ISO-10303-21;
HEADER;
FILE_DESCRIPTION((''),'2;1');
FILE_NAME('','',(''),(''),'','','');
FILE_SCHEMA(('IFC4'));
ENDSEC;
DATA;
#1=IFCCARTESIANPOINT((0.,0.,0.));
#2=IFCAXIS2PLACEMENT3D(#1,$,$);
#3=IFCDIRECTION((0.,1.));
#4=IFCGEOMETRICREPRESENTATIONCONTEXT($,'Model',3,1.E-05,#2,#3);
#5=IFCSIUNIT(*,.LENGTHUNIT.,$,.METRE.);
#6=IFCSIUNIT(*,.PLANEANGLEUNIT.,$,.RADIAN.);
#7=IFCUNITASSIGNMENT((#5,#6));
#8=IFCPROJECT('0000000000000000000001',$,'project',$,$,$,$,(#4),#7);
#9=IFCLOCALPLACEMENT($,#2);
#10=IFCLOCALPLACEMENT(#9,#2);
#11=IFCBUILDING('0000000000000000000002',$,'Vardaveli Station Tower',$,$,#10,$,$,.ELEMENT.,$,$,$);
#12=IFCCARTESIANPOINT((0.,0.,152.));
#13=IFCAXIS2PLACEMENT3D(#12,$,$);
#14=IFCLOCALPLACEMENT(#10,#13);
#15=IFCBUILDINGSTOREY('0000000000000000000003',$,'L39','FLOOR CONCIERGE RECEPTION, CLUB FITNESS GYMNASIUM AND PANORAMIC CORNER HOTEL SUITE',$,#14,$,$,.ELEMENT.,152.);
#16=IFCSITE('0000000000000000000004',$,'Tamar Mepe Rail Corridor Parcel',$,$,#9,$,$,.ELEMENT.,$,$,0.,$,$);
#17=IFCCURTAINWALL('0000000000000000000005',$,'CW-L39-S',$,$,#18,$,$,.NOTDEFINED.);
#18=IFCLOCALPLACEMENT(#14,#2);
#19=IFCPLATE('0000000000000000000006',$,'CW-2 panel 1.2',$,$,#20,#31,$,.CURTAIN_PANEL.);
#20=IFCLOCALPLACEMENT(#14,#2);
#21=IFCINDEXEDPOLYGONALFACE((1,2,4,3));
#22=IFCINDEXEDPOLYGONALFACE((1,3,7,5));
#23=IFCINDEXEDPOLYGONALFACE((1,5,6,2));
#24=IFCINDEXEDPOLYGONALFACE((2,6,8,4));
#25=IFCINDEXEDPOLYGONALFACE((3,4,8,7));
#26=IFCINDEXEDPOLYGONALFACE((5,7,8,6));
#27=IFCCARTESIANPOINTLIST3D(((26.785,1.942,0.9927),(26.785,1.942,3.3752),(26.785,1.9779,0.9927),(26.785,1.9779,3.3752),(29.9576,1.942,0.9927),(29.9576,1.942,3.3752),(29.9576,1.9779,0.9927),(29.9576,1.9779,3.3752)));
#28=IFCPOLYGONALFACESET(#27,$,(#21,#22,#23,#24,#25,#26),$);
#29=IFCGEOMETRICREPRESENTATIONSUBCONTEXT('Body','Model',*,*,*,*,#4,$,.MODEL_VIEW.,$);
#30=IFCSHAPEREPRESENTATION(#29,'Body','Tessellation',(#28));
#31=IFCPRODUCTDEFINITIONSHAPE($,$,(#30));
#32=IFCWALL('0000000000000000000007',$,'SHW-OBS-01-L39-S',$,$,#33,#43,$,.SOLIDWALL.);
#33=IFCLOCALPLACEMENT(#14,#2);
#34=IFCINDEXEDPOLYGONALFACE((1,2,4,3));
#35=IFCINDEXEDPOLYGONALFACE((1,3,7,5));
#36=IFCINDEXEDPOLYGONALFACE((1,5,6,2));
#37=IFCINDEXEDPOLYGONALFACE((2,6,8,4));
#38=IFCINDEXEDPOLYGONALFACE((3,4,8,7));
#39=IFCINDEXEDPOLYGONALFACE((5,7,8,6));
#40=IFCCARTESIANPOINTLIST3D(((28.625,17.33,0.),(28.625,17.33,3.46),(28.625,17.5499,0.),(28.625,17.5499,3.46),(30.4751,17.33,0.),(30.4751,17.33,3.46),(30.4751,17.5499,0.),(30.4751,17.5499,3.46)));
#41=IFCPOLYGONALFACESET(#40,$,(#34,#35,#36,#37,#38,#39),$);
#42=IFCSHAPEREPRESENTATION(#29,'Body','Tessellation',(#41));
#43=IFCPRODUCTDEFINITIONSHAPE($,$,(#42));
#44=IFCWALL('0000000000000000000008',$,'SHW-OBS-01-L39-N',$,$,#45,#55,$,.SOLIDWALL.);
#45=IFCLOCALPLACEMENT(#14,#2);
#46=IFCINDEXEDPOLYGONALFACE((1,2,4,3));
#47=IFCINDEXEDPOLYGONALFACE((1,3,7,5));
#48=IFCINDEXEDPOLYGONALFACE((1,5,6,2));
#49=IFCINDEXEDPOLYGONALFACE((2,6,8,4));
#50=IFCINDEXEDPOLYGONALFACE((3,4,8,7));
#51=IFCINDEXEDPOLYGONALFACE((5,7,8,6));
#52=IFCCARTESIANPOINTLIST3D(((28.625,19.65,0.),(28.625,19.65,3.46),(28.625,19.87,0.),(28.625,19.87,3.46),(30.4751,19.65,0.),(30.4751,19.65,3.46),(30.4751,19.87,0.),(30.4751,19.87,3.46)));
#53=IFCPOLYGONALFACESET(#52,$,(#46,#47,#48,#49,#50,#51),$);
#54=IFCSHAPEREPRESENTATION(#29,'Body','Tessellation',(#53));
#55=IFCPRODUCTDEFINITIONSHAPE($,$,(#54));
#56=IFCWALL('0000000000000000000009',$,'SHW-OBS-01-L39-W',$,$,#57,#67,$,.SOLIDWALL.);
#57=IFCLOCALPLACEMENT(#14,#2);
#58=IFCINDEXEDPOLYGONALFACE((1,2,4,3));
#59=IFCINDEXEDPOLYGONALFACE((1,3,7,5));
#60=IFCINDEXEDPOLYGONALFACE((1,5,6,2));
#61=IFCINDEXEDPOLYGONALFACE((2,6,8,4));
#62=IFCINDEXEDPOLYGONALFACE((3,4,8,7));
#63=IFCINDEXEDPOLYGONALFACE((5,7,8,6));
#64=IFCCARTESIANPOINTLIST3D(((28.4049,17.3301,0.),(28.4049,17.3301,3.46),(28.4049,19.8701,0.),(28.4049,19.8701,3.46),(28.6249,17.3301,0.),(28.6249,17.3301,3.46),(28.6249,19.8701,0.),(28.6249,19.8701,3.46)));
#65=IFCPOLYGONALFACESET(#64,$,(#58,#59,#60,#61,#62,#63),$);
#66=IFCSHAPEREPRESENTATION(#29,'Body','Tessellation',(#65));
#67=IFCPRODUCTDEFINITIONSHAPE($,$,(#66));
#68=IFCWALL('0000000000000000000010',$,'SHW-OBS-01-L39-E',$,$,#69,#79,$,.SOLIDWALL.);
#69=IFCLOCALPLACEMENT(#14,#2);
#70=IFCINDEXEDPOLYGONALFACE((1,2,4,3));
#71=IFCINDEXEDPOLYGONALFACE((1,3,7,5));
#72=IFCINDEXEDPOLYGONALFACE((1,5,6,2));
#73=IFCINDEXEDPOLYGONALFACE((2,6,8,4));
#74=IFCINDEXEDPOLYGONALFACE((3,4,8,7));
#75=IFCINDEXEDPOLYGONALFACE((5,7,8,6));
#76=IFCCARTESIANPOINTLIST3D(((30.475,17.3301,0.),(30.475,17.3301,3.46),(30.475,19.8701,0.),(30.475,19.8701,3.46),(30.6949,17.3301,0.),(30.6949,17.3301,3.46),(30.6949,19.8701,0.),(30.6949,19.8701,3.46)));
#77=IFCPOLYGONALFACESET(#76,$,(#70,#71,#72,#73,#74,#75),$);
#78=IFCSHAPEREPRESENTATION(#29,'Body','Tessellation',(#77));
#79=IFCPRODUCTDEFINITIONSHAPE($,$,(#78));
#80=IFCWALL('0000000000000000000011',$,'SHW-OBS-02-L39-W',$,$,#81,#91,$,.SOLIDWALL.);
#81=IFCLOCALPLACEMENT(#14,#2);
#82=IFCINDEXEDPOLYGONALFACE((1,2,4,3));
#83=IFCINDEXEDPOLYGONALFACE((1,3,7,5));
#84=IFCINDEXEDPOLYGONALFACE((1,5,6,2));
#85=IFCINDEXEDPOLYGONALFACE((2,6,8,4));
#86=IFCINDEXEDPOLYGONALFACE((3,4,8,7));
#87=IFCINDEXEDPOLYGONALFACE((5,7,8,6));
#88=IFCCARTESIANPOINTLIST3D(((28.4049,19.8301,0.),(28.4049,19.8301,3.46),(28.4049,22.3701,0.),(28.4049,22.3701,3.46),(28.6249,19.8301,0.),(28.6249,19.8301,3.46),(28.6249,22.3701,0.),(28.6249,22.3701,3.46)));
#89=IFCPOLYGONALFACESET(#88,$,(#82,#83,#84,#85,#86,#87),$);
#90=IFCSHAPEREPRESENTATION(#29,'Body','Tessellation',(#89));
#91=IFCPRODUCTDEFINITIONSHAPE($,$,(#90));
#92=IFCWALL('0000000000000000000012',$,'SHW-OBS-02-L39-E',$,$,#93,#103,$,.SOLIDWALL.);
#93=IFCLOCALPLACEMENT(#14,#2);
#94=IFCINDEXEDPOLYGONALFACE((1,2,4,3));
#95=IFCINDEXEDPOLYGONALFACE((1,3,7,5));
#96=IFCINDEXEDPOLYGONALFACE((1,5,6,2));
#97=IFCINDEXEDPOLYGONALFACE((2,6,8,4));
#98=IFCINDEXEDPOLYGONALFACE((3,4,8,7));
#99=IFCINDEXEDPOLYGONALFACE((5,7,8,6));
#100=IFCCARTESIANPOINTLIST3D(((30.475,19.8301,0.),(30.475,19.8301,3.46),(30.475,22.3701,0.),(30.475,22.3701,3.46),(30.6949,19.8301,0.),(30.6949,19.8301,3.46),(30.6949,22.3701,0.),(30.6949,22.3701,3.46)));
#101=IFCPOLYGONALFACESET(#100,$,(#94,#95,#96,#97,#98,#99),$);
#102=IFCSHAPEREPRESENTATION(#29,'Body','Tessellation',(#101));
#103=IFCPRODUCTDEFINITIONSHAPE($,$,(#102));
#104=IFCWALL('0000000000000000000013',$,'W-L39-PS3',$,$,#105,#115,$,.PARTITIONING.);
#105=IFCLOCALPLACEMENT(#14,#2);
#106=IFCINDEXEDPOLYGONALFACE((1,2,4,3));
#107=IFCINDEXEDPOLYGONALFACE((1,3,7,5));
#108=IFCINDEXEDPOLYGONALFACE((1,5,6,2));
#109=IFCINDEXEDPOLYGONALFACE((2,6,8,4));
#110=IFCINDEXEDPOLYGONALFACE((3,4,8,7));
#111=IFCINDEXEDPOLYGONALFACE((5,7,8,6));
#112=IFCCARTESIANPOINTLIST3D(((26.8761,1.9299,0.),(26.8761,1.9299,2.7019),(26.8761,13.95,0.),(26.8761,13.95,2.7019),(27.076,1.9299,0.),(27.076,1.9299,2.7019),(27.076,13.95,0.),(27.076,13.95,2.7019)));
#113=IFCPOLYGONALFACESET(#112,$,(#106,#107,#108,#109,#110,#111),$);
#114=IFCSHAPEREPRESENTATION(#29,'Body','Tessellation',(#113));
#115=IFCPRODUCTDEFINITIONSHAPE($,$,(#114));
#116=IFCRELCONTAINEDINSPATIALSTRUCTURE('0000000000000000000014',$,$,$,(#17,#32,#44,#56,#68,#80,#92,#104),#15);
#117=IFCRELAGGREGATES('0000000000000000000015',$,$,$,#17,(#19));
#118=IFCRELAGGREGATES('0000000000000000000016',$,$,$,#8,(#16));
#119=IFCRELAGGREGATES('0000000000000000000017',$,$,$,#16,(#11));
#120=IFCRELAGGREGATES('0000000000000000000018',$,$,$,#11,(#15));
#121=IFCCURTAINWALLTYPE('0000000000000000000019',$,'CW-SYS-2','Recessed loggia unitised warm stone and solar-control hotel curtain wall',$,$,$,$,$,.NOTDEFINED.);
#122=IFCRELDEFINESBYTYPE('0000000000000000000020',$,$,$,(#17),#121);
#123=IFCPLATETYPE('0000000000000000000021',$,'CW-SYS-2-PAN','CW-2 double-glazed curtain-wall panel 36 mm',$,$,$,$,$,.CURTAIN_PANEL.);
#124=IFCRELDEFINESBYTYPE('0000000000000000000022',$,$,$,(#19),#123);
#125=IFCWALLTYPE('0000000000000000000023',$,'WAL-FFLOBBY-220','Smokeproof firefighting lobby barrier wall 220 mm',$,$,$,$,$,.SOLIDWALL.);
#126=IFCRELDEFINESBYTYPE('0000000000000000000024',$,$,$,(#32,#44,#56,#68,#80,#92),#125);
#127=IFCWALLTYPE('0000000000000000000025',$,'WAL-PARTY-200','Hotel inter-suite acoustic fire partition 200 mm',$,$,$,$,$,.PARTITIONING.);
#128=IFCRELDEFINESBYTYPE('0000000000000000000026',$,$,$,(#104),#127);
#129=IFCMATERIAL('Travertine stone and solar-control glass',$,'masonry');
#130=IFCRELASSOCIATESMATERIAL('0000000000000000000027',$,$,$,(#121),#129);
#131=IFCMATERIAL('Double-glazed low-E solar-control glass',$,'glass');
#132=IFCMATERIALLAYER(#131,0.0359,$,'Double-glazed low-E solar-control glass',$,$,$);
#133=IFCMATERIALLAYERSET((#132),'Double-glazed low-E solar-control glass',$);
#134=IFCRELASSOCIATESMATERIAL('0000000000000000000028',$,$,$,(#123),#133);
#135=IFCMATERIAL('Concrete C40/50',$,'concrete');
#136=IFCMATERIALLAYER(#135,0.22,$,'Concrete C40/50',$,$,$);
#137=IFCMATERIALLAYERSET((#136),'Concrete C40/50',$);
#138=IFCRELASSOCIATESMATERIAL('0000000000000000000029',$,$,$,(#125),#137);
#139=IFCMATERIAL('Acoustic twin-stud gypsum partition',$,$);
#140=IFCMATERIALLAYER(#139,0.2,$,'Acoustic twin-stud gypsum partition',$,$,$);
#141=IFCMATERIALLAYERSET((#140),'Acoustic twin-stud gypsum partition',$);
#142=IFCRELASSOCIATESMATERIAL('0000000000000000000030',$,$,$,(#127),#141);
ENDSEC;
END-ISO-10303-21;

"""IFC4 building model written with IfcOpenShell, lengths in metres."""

from ifc_helpers import new_model, si_unit, direction, frame, frame_2d, origin, origin_2d, place, context, subcontext, project, spatial, rectangle, extrude, source, transform, mapped, material, layer, layer_set, type_object, element, aggregate, save


model = new_model("IFC4")

# Units and contexts
model_context = context("Model", 3, precision=1e-05, world=origin(), true_north=direction((0.0, 1.0)))
body_context = subcontext(model_context, "Body", "Model", "MODEL_VIEW")
ifc_project = project(units=[si_unit("LENGTHUNIT", "METRE"), si_unit("PLANEANGLEUNIT", "RADIAN")], contexts=[model_context])

# Site, building, storey
site_placement = place(None, origin())
site = spatial("IfcSite", under=ifc_project, at=site_placement, Name="Tamar Mepe Rail Corridor Parcel", CompositionType="ELEMENT", RefElevation=0.0)
building_placement = place(site_placement, origin())
building = spatial("IfcBuilding", under=site, at=building_placement, Name="Vardaveli Station Tower", CompositionType="ELEMENT")
storey_placement = place(building_placement, frame((0.0, 0.0, 152.0)))
storey = spatial("IfcBuildingStorey", under=building, at=storey_placement, Name="L39", Description="FLOOR CONCIERGE RECEPTION, CLUB FITNESS GYMNASIUM AND PANORAMIC CORNER HOTEL SUITE", CompositionType="ELEMENT", Elevation=152.0)

# Curtain wall, plate
ifc_material_1 = material(Name="Travertine stone and solar-control glass", Category="masonry")
curtain_wall_type = type_object("IfcCurtainWallType", Name="CW-SYS-2", Description="Recessed loggia unitised warm stone and solar-control hotel curtain wall", PredefinedType="NOTDEFINED", material=ifc_material_1)
curtain_wall_placement = place(storey_placement, origin())
curtain_wall = element("IfcCurtainWall", 1, at=curtain_wall_placement, inside=storey, type_object=curtain_wall_type, Name="CW-L39-S", PredefinedType="NOTDEFINED")
ifc_material_2 = material(Name="Double-glazed low-E solar-control glass", Category="glass")
ifc_layer_1 = layer(ifc_material_2, 0.0359, Name="Double-glazed low-E solar-control glass")
ifc_layer_set_1 = layer_set([ifc_layer_1], Name="Double-glazed low-E solar-control glass")
plate_type = type_object("IfcPlateType", Name="CW-SYS-2-PAN", Description="CW-2 double-glazed curtain-wall panel 36 mm", PredefinedType="CURTAIN_PANEL", material=ifc_layer_set_1)
shared_shape_1 = source(origin(), body_context, "Body", "SweptSolid", [
    extrude(rectangle(XDim=3.1726, YDim=0.0359, at=origin_2d()), origin(), (0.0, 0.0, 1.0), 2.3826),
])
plate_1_placement = place(storey_placement, frame((28.3713, 1.96, 0.9927), z_axis=(0.0, 0.0, 1.0), x_axis=(1.0, 0.0, 0.0)))
plate_1 = element("IfcPlate", 2, at=plate_1_placement, type_object=plate_type, Name="CW-2 panel 1.2", PredefinedType="CURTAIN_PANEL", context=body_context, shape_type="MappedRepresentation", body=[
    mapped(shared_shape_1, transform((0.0, 0.0, 0.0), scale=1.0)),
])
aggregate(curtain_wall, [plate_1])

# Walls
ifc_material_3 = material(Name="Concrete C40/50", Category="concrete")
ifc_layer_2 = layer(ifc_material_3, 0.22, Name="Concrete C40/50")
ifc_layer_set_2 = layer_set([ifc_layer_2], Name="Concrete C40/50")
wall_type_1 = type_object("IfcWallType", Name="WAL-FFLOBBY-220", Description="Smokeproof firefighting lobby barrier wall 220 mm", PredefinedType="SOLIDWALL", material=ifc_layer_set_2)
shared_shape_2 = source(origin(), body_context, "Body", "SweptSolid", [
    extrude(rectangle(XDim=1.8501, YDim=0.22, at=frame_2d((0.925, 0.0))), origin(), (0.0, 0.0, 1.0), 3.46),
])
for number, where, z_axis, x_axis, name in (
    (3, (28.625, 17.4399, 0.0), (0.0, 0.0, 1.0), (1.0, 0.0, 0.0), "SHW-OBS-01-L39-S"),
    (4, (28.625, 19.76, 0.0), (0.0, 0.0, 1.0), (1.0, 0.0, 0.0), "SHW-OBS-01-L39-N"),
):
    element("IfcWall", number, at=place(storey_placement, frame(where, z_axis=z_axis, x_axis=x_axis)), inside=storey, type_object=wall_type_1, Name=name, PredefinedType="SOLIDWALL", context=body_context, shape_type="MappedRepresentation", body=[
        mapped(shared_shape_2, transform((0.0, 0.0, 0.0), scale=1.0)),
    ])
shared_shape_3 = source(origin(), body_context, "Body", "SweptSolid", [
    extrude(rectangle(XDim=2.54, YDim=0.22, at=frame_2d((1.27, 0.0))), origin(), (0.0, 0.0, 1.0), 3.46),
])
for number, where, z_axis, x_axis, name in (
    (5, (28.5149, 17.3301, 0.0), (0.0, 0.0, 1.0), (0.0, 1.0, 0.0), "SHW-OBS-01-L39-W"),
    (6, (30.585, 17.3301, 0.0), (0.0, 0.0, 1.0), (0.0, 1.0, 0.0), "SHW-OBS-01-L39-E"),
    (7, (28.5149, 19.8301, 0.0), (0.0, 0.0, 1.0), (0.0, 1.0, 0.0), "SHW-OBS-02-L39-W"),
    (8, (30.585, 19.8301, 0.0), (0.0, 0.0, 1.0), (0.0, 1.0, 0.0), "SHW-OBS-02-L39-E"),
):
    element("IfcWall", number, at=place(storey_placement, frame(where, z_axis=z_axis, x_axis=x_axis)), inside=storey, type_object=wall_type_1, Name=name, PredefinedType="SOLIDWALL", context=body_context, shape_type="MappedRepresentation", body=[
        mapped(shared_shape_3, transform((0.0, 0.0, 0.0), scale=1.0)),
    ])
ifc_material_4 = material(Name="Acoustic twin-stud gypsum partition")
ifc_layer_3 = layer(ifc_material_4, 0.2, Name="Acoustic twin-stud gypsum partition")
ifc_layer_set_3 = layer_set([ifc_layer_3], Name="Acoustic twin-stud gypsum partition")
wall_type_2 = type_object("IfcWallType", Name="WAL-PARTY-200", Description="Hotel inter-suite acoustic fire partition 200 mm", PredefinedType="PARTITIONING", material=ifc_layer_set_3)
shared_shape_4 = source(origin(), body_context, "Body", "SweptSolid", [
    extrude(rectangle(XDim=12.02, YDim=0.2, at=frame_2d((6.01, 0.0))), origin(), (0.0, 0.0, 1.0), 2.7019),
])
wall_placement = place(storey_placement, frame((26.9761, 1.9299, 0.0), z_axis=(0.0, 0.0, 1.0), x_axis=(0.0, 1.0, 0.0)))
element("IfcWall", 9, at=wall_placement, inside=storey, type_object=wall_type_2, Name="W-L39-PS3", PredefinedType="PARTITIONING", context=body_context, shape_type="MappedRepresentation", body=[
    mapped(shared_shape_4, transform((0.0, 0.0, 0.0), scale=1.0)),
])

save(model, "model.ifc")
